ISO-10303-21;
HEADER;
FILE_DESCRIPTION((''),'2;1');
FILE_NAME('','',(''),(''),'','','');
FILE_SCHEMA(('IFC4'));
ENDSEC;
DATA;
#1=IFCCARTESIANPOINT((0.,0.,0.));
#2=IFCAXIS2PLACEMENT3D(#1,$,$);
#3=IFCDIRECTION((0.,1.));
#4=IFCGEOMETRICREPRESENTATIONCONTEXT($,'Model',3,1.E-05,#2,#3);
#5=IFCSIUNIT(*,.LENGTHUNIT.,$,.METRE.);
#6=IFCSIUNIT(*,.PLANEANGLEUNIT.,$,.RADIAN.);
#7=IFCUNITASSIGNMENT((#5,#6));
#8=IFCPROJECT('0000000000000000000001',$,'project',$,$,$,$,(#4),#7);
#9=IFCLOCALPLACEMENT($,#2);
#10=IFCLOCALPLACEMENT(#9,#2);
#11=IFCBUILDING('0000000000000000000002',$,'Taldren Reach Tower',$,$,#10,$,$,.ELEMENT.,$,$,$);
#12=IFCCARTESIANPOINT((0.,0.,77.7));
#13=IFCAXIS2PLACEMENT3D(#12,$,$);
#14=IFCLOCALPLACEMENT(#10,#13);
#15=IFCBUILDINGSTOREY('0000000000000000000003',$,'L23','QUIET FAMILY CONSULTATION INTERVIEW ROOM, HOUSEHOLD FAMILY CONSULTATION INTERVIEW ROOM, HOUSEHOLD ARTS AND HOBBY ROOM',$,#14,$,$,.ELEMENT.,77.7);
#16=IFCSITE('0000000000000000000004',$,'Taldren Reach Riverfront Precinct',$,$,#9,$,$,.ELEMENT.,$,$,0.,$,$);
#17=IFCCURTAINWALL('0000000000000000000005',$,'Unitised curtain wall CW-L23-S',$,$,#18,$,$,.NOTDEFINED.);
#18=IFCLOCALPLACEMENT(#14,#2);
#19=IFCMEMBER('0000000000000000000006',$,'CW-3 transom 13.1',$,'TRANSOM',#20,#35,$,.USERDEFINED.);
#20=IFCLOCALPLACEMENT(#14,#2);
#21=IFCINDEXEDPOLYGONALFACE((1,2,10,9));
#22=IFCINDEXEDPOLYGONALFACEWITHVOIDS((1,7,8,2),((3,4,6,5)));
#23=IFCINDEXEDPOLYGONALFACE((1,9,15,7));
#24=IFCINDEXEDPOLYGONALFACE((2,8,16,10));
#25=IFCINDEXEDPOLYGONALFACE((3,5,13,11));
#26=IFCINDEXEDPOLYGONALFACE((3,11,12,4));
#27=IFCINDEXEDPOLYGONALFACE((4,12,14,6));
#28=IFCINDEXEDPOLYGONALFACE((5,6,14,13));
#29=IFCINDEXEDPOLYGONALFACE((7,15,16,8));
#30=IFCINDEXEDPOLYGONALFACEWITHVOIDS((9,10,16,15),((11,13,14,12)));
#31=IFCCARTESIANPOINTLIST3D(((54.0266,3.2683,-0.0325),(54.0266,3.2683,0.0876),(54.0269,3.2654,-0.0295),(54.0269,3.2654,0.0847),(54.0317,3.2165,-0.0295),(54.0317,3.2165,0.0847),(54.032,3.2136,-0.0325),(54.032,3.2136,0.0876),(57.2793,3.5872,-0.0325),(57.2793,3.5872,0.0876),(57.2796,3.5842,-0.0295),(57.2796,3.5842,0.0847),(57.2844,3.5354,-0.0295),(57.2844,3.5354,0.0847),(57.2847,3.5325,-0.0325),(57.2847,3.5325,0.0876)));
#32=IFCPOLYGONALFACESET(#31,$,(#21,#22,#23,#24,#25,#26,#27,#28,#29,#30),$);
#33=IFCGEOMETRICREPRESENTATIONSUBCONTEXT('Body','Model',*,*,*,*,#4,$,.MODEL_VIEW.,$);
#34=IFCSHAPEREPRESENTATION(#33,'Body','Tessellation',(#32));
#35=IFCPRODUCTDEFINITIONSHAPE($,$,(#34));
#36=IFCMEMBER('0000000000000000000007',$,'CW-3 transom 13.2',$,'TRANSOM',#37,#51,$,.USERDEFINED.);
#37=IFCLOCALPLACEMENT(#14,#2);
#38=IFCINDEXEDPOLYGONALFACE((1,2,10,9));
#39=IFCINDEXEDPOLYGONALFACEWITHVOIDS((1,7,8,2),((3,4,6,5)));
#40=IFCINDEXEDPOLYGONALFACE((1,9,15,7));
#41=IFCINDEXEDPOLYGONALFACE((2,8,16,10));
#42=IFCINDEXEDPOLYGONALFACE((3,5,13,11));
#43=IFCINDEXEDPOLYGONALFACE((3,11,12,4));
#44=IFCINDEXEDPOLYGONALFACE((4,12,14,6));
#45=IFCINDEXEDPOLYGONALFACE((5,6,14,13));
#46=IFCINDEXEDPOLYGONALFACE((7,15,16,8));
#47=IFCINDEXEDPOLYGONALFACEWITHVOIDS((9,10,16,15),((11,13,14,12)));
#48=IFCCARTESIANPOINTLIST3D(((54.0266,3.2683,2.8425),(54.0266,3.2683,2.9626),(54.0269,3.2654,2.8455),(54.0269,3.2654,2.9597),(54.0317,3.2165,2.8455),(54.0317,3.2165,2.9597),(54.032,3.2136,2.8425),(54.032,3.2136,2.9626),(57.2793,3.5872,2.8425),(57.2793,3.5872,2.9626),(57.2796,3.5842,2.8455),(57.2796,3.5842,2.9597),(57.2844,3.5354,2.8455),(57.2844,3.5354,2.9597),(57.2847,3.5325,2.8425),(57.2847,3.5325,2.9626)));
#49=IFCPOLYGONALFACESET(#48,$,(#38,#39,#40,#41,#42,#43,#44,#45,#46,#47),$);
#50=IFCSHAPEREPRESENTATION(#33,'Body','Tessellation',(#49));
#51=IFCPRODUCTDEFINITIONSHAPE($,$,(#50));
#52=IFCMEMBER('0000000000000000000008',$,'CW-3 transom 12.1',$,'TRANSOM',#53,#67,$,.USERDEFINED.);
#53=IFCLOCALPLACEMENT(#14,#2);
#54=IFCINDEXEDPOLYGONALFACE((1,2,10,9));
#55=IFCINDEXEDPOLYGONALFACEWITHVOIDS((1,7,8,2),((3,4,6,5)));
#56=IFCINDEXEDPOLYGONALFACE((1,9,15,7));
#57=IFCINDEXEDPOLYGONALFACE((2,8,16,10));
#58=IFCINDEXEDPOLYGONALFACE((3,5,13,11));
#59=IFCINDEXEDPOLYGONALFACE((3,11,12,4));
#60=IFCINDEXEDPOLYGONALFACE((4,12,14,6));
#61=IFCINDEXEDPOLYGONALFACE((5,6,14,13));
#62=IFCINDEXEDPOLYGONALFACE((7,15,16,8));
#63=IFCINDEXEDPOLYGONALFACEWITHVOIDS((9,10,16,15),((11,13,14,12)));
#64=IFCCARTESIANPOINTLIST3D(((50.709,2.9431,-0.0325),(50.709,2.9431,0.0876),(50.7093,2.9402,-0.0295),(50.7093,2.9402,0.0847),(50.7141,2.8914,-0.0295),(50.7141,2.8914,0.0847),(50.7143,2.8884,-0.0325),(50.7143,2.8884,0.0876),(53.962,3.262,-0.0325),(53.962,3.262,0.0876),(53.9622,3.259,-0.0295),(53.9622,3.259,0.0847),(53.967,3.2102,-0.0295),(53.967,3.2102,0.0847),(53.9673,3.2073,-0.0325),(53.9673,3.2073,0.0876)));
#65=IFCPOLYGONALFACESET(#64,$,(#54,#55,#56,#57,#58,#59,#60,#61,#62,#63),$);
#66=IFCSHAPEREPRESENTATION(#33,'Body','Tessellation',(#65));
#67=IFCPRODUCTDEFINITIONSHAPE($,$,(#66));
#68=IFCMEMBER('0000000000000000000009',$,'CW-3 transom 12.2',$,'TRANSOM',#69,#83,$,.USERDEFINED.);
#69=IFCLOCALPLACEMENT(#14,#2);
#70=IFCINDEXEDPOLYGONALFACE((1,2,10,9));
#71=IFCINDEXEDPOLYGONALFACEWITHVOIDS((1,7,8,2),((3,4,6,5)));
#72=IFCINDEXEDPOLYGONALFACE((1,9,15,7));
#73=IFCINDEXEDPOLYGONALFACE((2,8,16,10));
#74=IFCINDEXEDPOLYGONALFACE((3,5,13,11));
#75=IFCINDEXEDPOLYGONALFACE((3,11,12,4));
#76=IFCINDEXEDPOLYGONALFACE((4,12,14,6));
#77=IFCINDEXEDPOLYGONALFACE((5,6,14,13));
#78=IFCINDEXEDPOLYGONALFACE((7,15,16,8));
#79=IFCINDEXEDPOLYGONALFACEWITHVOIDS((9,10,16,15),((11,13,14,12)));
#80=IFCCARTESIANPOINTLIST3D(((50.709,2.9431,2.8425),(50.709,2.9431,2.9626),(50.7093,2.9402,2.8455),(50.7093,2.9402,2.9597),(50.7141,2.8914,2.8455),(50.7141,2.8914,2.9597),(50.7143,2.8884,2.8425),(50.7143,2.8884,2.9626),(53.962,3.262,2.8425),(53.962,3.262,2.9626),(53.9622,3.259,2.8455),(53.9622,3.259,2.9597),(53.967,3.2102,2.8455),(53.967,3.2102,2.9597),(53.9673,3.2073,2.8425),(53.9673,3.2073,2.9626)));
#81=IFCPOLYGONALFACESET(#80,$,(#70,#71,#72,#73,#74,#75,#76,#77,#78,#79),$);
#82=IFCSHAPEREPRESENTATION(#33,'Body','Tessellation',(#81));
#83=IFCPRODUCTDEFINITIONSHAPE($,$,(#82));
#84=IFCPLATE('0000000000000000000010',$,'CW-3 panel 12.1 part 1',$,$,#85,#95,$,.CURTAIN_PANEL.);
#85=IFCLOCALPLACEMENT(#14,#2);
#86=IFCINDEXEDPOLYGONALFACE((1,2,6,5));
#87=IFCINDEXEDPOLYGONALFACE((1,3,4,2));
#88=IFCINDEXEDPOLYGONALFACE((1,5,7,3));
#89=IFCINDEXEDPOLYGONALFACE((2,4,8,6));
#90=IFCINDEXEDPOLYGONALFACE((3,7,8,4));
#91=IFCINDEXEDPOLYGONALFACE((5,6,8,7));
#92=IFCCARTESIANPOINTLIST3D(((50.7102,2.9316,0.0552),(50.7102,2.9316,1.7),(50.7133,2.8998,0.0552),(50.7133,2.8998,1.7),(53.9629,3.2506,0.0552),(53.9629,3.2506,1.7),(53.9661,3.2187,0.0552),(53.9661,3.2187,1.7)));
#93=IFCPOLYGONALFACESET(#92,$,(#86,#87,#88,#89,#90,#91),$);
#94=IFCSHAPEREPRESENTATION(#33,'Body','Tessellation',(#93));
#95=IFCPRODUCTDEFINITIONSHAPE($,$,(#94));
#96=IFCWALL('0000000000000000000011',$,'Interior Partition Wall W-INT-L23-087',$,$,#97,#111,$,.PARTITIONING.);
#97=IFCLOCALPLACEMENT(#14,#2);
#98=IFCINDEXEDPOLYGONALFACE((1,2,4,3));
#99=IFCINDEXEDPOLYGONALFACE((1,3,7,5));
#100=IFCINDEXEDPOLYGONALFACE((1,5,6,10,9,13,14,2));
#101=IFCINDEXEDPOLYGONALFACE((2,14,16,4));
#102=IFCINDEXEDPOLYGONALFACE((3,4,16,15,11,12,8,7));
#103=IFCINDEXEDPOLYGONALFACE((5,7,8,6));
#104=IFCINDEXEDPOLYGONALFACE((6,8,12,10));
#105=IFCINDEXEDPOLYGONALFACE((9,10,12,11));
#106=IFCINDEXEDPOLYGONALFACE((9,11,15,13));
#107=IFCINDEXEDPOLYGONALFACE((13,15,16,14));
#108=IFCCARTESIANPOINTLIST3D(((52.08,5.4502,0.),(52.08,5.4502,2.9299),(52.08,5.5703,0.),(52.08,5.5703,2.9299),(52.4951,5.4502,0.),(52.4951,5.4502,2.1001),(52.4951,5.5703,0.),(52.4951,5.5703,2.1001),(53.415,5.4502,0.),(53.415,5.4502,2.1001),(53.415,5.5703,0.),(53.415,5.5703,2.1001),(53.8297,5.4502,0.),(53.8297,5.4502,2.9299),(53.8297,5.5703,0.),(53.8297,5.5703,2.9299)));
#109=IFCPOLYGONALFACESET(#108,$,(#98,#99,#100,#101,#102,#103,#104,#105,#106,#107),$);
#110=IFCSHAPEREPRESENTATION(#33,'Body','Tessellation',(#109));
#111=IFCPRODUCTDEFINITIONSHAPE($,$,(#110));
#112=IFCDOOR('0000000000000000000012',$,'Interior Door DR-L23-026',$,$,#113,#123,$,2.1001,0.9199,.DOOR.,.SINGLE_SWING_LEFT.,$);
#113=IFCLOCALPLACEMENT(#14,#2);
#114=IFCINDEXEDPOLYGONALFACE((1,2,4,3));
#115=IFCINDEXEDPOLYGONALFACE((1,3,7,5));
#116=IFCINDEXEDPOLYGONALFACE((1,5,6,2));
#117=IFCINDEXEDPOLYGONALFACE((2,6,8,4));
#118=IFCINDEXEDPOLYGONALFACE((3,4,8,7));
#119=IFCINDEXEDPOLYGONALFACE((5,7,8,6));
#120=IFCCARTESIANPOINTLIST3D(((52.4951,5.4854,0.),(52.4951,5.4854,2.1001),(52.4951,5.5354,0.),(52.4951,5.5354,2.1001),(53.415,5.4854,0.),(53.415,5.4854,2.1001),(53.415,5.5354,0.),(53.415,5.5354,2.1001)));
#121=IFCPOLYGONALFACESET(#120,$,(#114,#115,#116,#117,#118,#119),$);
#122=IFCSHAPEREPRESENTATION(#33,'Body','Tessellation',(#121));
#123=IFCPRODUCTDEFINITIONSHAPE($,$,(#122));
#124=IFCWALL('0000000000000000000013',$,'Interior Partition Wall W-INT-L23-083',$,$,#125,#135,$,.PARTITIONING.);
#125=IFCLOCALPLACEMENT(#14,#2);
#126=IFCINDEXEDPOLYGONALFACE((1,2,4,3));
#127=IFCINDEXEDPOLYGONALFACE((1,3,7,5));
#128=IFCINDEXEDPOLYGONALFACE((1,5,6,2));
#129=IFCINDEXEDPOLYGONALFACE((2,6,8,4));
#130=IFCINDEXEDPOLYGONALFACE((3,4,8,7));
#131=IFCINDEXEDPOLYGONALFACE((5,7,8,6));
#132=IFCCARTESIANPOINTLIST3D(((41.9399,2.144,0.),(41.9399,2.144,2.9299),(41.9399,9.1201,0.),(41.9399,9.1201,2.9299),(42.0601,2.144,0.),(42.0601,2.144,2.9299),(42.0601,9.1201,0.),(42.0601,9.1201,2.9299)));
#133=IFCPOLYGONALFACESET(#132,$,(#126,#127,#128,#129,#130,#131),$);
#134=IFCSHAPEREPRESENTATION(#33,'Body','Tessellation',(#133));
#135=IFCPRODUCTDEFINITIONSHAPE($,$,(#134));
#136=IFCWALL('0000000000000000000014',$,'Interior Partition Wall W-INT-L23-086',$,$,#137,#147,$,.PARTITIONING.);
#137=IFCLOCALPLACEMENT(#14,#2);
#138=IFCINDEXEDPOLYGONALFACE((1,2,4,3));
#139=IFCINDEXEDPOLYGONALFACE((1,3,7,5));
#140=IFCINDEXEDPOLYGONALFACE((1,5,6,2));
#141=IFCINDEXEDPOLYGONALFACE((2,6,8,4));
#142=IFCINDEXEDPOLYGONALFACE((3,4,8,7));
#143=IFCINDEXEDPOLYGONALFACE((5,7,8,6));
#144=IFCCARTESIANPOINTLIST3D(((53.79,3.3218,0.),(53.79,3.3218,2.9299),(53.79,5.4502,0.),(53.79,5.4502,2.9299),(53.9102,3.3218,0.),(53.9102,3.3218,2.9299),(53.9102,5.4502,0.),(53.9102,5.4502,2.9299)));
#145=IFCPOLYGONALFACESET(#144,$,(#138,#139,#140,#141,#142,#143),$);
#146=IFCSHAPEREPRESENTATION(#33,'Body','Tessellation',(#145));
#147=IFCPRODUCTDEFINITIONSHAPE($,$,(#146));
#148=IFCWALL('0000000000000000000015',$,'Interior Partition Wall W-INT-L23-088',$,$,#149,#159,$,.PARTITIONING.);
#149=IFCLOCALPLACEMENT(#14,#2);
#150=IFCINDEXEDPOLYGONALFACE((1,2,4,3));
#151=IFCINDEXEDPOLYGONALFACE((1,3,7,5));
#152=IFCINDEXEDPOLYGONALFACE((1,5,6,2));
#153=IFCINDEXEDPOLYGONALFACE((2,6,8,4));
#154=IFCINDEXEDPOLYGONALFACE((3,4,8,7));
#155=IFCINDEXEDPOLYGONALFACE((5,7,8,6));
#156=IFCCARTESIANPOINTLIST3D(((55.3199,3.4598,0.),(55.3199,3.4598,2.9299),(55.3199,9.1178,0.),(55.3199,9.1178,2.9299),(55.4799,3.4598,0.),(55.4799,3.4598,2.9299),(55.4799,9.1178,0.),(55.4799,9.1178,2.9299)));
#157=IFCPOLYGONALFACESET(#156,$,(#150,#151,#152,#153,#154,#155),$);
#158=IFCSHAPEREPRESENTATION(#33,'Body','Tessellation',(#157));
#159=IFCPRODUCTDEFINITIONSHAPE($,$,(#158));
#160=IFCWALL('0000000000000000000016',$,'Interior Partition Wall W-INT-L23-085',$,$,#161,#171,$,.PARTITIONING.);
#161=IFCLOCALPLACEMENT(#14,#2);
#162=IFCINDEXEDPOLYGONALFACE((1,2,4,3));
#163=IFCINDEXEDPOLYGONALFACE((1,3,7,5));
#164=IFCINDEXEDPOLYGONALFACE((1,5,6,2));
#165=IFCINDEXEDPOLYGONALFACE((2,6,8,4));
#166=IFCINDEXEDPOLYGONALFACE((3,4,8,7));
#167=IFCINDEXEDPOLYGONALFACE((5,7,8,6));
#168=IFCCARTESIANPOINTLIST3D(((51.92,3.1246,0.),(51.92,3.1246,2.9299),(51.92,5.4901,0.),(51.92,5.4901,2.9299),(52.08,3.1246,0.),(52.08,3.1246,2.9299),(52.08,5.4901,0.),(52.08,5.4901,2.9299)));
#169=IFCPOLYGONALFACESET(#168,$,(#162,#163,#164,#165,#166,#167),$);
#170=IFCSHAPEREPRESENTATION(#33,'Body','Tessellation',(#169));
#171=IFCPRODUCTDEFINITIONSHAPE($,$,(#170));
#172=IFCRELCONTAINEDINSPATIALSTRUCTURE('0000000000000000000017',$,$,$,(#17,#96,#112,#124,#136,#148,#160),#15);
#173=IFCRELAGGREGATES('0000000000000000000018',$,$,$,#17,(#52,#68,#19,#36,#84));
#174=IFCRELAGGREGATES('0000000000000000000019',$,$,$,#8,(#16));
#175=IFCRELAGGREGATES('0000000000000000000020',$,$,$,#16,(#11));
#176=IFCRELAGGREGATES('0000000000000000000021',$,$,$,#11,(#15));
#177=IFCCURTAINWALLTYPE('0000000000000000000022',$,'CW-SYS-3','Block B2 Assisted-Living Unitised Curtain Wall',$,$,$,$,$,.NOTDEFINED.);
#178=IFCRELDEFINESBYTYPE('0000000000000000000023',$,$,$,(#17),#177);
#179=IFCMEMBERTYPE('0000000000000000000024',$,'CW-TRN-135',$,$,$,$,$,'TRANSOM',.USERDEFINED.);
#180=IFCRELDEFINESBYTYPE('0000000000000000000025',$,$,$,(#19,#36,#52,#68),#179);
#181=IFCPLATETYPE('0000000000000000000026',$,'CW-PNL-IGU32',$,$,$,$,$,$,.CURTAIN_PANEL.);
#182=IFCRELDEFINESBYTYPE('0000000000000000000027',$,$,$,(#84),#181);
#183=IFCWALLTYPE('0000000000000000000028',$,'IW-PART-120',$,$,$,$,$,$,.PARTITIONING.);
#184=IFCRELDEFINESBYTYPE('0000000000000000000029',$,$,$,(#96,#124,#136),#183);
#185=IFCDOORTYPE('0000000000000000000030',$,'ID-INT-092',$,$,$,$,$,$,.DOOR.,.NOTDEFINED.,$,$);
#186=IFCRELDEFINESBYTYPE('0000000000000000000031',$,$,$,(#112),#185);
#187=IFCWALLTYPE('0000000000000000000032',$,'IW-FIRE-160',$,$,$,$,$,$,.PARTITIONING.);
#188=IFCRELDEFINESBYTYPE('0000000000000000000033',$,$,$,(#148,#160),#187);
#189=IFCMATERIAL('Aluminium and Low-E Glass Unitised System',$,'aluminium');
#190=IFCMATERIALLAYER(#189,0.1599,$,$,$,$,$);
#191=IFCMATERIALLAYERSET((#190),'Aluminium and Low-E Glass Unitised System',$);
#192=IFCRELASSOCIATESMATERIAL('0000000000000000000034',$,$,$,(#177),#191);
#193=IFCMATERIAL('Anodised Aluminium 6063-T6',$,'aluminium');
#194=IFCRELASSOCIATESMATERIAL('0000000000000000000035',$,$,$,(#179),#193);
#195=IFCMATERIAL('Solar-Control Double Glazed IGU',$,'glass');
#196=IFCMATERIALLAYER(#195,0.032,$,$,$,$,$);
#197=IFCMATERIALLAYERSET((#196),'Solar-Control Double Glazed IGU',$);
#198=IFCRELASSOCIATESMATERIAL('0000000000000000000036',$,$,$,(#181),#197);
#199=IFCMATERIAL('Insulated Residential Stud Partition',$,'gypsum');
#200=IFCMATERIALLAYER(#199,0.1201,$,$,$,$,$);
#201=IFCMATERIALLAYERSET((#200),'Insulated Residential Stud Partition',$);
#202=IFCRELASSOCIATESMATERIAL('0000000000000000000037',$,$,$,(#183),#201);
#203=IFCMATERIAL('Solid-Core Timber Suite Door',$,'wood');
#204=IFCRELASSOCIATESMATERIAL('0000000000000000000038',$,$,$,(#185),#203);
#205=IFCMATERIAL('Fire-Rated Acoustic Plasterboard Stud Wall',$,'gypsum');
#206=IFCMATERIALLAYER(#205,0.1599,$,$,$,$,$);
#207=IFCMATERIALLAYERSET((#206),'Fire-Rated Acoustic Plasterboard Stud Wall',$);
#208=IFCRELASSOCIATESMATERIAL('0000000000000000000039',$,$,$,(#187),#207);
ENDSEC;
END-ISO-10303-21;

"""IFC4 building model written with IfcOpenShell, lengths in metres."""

from ifc_helpers import new_model, si_unit, direction, frame, frame_2d, origin, origin_2d, place, context, subcontext, project, spatial, rectangle, hollow_rectangle, extrude, source, transform, mapped, material, layer, layer_set, material_profile, profile_set, type_object, element, fill, aggregate, save


model = new_model("IFC4")

# Units and contexts
model_context = context("Model", 3, precision=1e-05, world=origin(), true_north=direction((0.0, 1.0)))
body_context = subcontext(model_context, "Body", "Model", "MODEL_VIEW")
ifc_project = project(units=[si_unit("LENGTHUNIT", "METRE"), si_unit("PLANEANGLEUNIT", "RADIAN")], contexts=[model_context])

# Site, building, storey
site_placement = place(None, origin())
site = spatial("IfcSite", under=ifc_project, at=site_placement, Name="Taldren Reach Riverfront Precinct", CompositionType="ELEMENT", RefElevation=0.0)
building_placement = place(site_placement, origin())
building = spatial("IfcBuilding", under=site, at=building_placement, Name="Taldren Reach Tower", CompositionType="ELEMENT")
storey_placement = place(building_placement, frame((0.0, 0.0, 77.7)))
storey = spatial("IfcBuildingStorey", under=building, at=storey_placement, Name="L23", Description="QUIET FAMILY CONSULTATION INTERVIEW ROOM, HOUSEHOLD FAMILY CONSULTATION INTERVIEW ROOM, HOUSEHOLD ARTS AND HOBBY ROOM", CompositionType="ELEMENT", Elevation=77.7)

# Curtain wall, members, plate
ifc_material_1 = material(Name="Aluminium and Low-E Glass Unitised System", Category="aluminium")
ifc_layer_1 = layer(ifc_material_1, 0.1599)
ifc_layer_set_1 = layer_set([ifc_layer_1], Name="Aluminium and Low-E Glass Unitised System")
curtain_wall_type = type_object("IfcCurtainWallType", Name="CW-SYS-3", Description="Block B2 Assisted-Living Unitised Curtain Wall", PredefinedType="NOTDEFINED", material=ifc_layer_set_1)
curtain_wall_placement = place(storey_placement, origin())
curtain_wall = element("IfcCurtainWall", 1, at=curtain_wall_placement, inside=storey, type_object=curtain_wall_type, Name="Unitised curtain wall CW-L23-S", PredefinedType="NOTDEFINED")
ifc_material_2 = material(Name="Anodised Aluminium 6063-T6", Category="aluminium")
ifc_material_profile_1 = material_profile(ifc_material_2, hollow_rectangle(XDim=0.0549, YDim=0.1201, WallThickness=0.0029, at=origin_2d()), Name="ALU-120x55x3RHS")
ifc_profile_set_1 = profile_set([ifc_material_profile_1], Name="Anodised Aluminium 6063-T6")
member_type_1 = type_object("IfcMemberType", Name="CW-TRN-135", ElementType="TRANSOM", PredefinedType="USERDEFINED", material=ifc_profile_set_1)
shared_shape_1 = source(origin(), body_context, "Body", "SweptSolid", [
    extrude(hollow_rectangle(XDim=0.0549, YDim=0.1201, WallThickness=0.0029, at=origin_2d()), origin(), (0.0, 0.0, 1.0), 3.2683),
])
member_1_placement = place(storey_placement, frame((54.0293, 3.241, 0.0276), z_axis=(0.99523, 0.097558, 0.0), x_axis=(-0.097558, 0.99523, 0.0)))
member_1 = element("IfcMember", 2, at=member_1_placement, type_object=member_type_1, Name="CW-3 transom 13.1", ObjectType="TRANSOM", PredefinedType="USERDEFINED", context=body_context, shape_type="MappedRepresentation", body=[
    mapped(shared_shape_1, transform((0.0, 0.0, 0.0), scale=1.0)),
])
member_2_placement = place(storey_placement, frame((54.0293, 3.241, 2.9026), z_axis=(0.99523, 0.097558, 0.0), x_axis=(-0.097558, 0.99523, 0.0)))
member_2 = element("IfcMember", 3, at=member_2_placement, type_object=member_type_1, Name="CW-3 transom 13.2", ObjectType="TRANSOM", PredefinedType="USERDEFINED", context=body_context, shape_type="MappedRepresentation", body=[
    mapped(shared_shape_1, transform((0.0, 0.0, 0.0), scale=1.0)),
])
shared_shape_2 = source(origin(), body_context, "Body", "SweptSolid", [
    extrude(hollow_rectangle(XDim=0.0549, YDim=0.1201, WallThickness=0.0029, at=origin_2d()), origin(), (0.0, 0.0, 1.0), 3.2686),
])
member_3_placement = place(storey_placement, frame((50.7117, 2.9158, 0.0276), z_axis=(0.995231, 0.097551, 0.0), x_axis=(-0.097551, 0.995231, 0.0)))
member_3 = element("IfcMember", 4, at=member_3_placement, type_object=member_type_1, Name="CW-3 transom 12.1", ObjectType="TRANSOM", PredefinedType="USERDEFINED", context=body_context, shape_type="MappedRepresentation", body=[
    mapped(shared_shape_2, transform((0.0, 0.0, 0.0), scale=1.0)),
])
member_4_placement = place(storey_placement, frame((50.7117, 2.9158, 2.9026), z_axis=(0.995231, 0.097551, 0.0), x_axis=(-0.097551, 0.995231, 0.0)))
member_4 = element("IfcMember", 5, at=member_4_placement, type_object=member_type_1, Name="CW-3 transom 12.2", ObjectType="TRANSOM", PredefinedType="USERDEFINED", context=body_context, shape_type="MappedRepresentation", body=[
    mapped(shared_shape_2, transform((0.0, 0.0, 0.0), scale=1.0)),
])
ifc_material_3 = material(Name="Solar-Control Double Glazed IGU", Category="glass")
ifc_layer_2 = layer(ifc_material_3, 0.032)
ifc_layer_set_2 = layer_set([ifc_layer_2], Name="Solar-Control Double Glazed IGU")
plate_type = type_object("IfcPlateType", Name="CW-PNL-IGU32", PredefinedType="CURTAIN_PANEL", material=ifc_layer_set_2)
shared_shape_3 = source(origin(), body_context, "Body", "SweptSolid", [
    extrude(rectangle(XDim=3.2683, YDim=0.032, at=origin_2d()), origin(), (0.0, 0.0, 1.0), 1.6448),
])
plate_placement = place(storey_placement, frame((52.3381, 3.0752, 0.0552), z_axis=(0.0, 0.0, 1.0), x_axis=(0.995227, 0.097583, 0.0)))
plate = element("IfcPlate", 6, at=plate_placement, type_object=plate_type, Name="CW-3 panel 12.1 part 1", PredefinedType="CURTAIN_PANEL", context=body_context, shape_type="MappedRepresentation", body=[
    mapped(shared_shape_3, transform((0.0, 0.0, 0.0), scale=1.0)),
])
aggregate(curtain_wall, [member_3, member_4, member_1, member_2, plate])

# Wall, opening, door
ifc_material_4 = material(Name="Insulated Residential Stud Partition", Category="gypsum")
ifc_layer_3 = layer(ifc_material_4, 0.1201)
ifc_layer_set_3 = layer_set([ifc_layer_3], Name="Insulated Residential Stud Partition")
wall_type_1 = type_object("IfcWallType", Name="IW-PART-120", PredefinedType="PARTITIONING", material=ifc_layer_set_3)
shared_shape_4 = source(origin(), body_context, "Body", "SweptSolid", [
    extrude(rectangle(XDim=1.7498, YDim=0.1201, at=frame_2d((0.875, 0.0))), origin(), (0.0, 0.0, 1.0), 2.9299),
])
wall_1_placement = place(storey_placement, frame((53.8298, 5.5103, 0.0), z_axis=(0.0, 0.0, 1.0), x_axis=(-1.0, 0.0, 0.0)))
wall_1 = element("IfcWall", 7, at=wall_1_placement, inside=storey, type_object=wall_type_1, Name="Interior Partition Wall W-INT-L23-087", PredefinedType="PARTITIONING", context=body_context, shape_type="MappedRepresentation", body=[
    mapped(shared_shape_4, transform((0.0, 0.0, 0.0), scale=1.0)),
])
shared_shape_5 = source(origin(), body_context, "Body", "SweptSolid", [
    extrude(rectangle(XDim=0.9199, YDim=2.1001, at=frame_2d((0.46, 1.05))), frame((0.0, 0.0701, 0.0), z_axis=(0.0, -1.0, 0.0), x_axis=(1.0, 0.0, 0.0)), (0.0, 0.0, 1.0), 0.1401),
])
opening_placement = place(wall_1_placement, frame((0.4148, 0.0, 0.0)))
opening = element("IfcOpeningElement", 8, at=opening_placement, cuts=wall_1, PredefinedType="OPENING", context=body_context, shape_type="MappedRepresentation", body=[
    mapped(shared_shape_5, transform((0.0, 0.0, 0.0), scale=1.0)),
])
ifc_material_5 = material(Name="Solid-Core Timber Suite Door", Category="wood")
door_type = type_object("IfcDoorType", Name="ID-INT-092", OperationType="NOTDEFINED", PredefinedType="DOOR", material=ifc_material_5)
shared_shape_6 = source(origin(), body_context, "Body", "SweptSolid", [
    extrude(rectangle(XDim=0.9199, YDim=2.1001, at=frame_2d((0.46, 1.05))), frame((0.0, 0.0249, 0.0), z_axis=(0.0, -1.0, 0.0), x_axis=(1.0, 0.0, 0.0)), (0.0, 0.0, 1.0), 0.05),
])
door_placement = place(opening_placement, origin())
door = element("IfcDoor", 9, at=door_placement, inside=storey, type_object=door_type, Name="Interior Door DR-L23-026", OperationType="SINGLE_SWING_LEFT", OverallHeight=2.1001, OverallWidth=0.9199, PredefinedType="DOOR", context=body_context, shape_type="MappedRepresentation", body=[
    mapped(shared_shape_6, transform((0.0, 0.0, 0.0), scale=1.0)),
])
fill(opening, door)

# Walls
shared_shape_7 = source(origin(), body_context, "Body", "SweptSolid", [
    extrude(rectangle(XDim=6.9761, YDim=0.1201, at=frame_2d((3.488, 0.0))), origin(), (0.0, 0.0, 1.0), 2.9299),
])
wall_2_placement = place(storey_placement, frame((42.0, 9.1201, 0.0), z_axis=(0.0, 0.0, 1.0), x_axis=(0.0, -1.0, 0.0)))
element("IfcWall", 10, at=wall_2_placement, inside=storey, type_object=wall_type_1, Name="Interior Partition Wall W-INT-L23-083", PredefinedType="PARTITIONING", context=body_context, shape_type="MappedRepresentation", body=[
    mapped(shared_shape_7, transform((0.0, 0.0, 0.0), scale=1.0)),
])
shared_shape_8 = source(origin(), body_context, "Body", "SweptSolid", [
    extrude(rectangle(XDim=2.1284, YDim=0.1201, at=frame_2d((1.0642, 0.0))), origin(), (0.0, 0.0, 1.0), 2.9299),
])
wall_3_placement = place(storey_placement, frame((53.8501, 3.3218, 0.0), z_axis=(0.0, 0.0, 1.0), x_axis=(0.0, 1.0, 0.0)))
element("IfcWall", 11, at=wall_3_placement, inside=storey, type_object=wall_type_1, Name="Interior Partition Wall W-INT-L23-086", PredefinedType="PARTITIONING", context=body_context, shape_type="MappedRepresentation", body=[
    mapped(shared_shape_8, transform((0.0, 0.0, 0.0), scale=1.0)),
])
ifc_material_6 = material(Name="Fire-Rated Acoustic Plasterboard Stud Wall", Category="gypsum")
ifc_layer_4 = layer(ifc_material_6, 0.1599)
ifc_layer_set_4 = layer_set([ifc_layer_4], Name="Fire-Rated Acoustic Plasterboard Stud Wall")
wall_type_2 = type_object("IfcWallType", Name="IW-FIRE-160", PredefinedType="PARTITIONING", material=ifc_layer_set_4)
shared_shape_9 = source(origin(), body_context, "Body", "SweptSolid", [
    extrude(rectangle(XDim=5.658, YDim=0.1599, at=frame_2d((2.8291, 0.0))), origin(), (0.0, 0.0, 1.0), 2.9299),
])
wall_4_placement = place(storey_placement, frame((55.3999, 9.1179, 0.0), z_axis=(0.0, 0.0, 1.0), x_axis=(0.0, -1.0, 0.0)))
element("IfcWall", 12, at=wall_4_placement, inside=storey, type_object=wall_type_2, Name="Interior Partition Wall W-INT-L23-088", PredefinedType="PARTITIONING", context=body_context, shape_type="MappedRepresentation", body=[
    mapped(shared_shape_9, transform((0.0, 0.0, 0.0), scale=1.0)),
])
shared_shape_10 = source(origin(), body_context, "Body", "SweptSolid", [
    extrude(rectangle(XDim=2.3655, YDim=0.1599, at=frame_2d((1.1826, 0.0))), origin(), (0.0, 0.0, 1.0), 2.9299),
])
wall_5_placement = place(storey_placement, frame((52.0, 5.49, 0.0), z_axis=(0.0, 0.0, 1.0), x_axis=(0.0, -1.0, 0.0)))
element("IfcWall", 13, at=wall_5_placement, inside=storey, type_object=wall_type_2, Name="Interior Partition Wall W-INT-L23-085", PredefinedType="PARTITIONING", context=body_context, shape_type="MappedRepresentation", body=[
    mapped(shared_shape_10, transform((0.0, 0.0, 0.0), scale=1.0)),
])

save(model, "model.ifc")
